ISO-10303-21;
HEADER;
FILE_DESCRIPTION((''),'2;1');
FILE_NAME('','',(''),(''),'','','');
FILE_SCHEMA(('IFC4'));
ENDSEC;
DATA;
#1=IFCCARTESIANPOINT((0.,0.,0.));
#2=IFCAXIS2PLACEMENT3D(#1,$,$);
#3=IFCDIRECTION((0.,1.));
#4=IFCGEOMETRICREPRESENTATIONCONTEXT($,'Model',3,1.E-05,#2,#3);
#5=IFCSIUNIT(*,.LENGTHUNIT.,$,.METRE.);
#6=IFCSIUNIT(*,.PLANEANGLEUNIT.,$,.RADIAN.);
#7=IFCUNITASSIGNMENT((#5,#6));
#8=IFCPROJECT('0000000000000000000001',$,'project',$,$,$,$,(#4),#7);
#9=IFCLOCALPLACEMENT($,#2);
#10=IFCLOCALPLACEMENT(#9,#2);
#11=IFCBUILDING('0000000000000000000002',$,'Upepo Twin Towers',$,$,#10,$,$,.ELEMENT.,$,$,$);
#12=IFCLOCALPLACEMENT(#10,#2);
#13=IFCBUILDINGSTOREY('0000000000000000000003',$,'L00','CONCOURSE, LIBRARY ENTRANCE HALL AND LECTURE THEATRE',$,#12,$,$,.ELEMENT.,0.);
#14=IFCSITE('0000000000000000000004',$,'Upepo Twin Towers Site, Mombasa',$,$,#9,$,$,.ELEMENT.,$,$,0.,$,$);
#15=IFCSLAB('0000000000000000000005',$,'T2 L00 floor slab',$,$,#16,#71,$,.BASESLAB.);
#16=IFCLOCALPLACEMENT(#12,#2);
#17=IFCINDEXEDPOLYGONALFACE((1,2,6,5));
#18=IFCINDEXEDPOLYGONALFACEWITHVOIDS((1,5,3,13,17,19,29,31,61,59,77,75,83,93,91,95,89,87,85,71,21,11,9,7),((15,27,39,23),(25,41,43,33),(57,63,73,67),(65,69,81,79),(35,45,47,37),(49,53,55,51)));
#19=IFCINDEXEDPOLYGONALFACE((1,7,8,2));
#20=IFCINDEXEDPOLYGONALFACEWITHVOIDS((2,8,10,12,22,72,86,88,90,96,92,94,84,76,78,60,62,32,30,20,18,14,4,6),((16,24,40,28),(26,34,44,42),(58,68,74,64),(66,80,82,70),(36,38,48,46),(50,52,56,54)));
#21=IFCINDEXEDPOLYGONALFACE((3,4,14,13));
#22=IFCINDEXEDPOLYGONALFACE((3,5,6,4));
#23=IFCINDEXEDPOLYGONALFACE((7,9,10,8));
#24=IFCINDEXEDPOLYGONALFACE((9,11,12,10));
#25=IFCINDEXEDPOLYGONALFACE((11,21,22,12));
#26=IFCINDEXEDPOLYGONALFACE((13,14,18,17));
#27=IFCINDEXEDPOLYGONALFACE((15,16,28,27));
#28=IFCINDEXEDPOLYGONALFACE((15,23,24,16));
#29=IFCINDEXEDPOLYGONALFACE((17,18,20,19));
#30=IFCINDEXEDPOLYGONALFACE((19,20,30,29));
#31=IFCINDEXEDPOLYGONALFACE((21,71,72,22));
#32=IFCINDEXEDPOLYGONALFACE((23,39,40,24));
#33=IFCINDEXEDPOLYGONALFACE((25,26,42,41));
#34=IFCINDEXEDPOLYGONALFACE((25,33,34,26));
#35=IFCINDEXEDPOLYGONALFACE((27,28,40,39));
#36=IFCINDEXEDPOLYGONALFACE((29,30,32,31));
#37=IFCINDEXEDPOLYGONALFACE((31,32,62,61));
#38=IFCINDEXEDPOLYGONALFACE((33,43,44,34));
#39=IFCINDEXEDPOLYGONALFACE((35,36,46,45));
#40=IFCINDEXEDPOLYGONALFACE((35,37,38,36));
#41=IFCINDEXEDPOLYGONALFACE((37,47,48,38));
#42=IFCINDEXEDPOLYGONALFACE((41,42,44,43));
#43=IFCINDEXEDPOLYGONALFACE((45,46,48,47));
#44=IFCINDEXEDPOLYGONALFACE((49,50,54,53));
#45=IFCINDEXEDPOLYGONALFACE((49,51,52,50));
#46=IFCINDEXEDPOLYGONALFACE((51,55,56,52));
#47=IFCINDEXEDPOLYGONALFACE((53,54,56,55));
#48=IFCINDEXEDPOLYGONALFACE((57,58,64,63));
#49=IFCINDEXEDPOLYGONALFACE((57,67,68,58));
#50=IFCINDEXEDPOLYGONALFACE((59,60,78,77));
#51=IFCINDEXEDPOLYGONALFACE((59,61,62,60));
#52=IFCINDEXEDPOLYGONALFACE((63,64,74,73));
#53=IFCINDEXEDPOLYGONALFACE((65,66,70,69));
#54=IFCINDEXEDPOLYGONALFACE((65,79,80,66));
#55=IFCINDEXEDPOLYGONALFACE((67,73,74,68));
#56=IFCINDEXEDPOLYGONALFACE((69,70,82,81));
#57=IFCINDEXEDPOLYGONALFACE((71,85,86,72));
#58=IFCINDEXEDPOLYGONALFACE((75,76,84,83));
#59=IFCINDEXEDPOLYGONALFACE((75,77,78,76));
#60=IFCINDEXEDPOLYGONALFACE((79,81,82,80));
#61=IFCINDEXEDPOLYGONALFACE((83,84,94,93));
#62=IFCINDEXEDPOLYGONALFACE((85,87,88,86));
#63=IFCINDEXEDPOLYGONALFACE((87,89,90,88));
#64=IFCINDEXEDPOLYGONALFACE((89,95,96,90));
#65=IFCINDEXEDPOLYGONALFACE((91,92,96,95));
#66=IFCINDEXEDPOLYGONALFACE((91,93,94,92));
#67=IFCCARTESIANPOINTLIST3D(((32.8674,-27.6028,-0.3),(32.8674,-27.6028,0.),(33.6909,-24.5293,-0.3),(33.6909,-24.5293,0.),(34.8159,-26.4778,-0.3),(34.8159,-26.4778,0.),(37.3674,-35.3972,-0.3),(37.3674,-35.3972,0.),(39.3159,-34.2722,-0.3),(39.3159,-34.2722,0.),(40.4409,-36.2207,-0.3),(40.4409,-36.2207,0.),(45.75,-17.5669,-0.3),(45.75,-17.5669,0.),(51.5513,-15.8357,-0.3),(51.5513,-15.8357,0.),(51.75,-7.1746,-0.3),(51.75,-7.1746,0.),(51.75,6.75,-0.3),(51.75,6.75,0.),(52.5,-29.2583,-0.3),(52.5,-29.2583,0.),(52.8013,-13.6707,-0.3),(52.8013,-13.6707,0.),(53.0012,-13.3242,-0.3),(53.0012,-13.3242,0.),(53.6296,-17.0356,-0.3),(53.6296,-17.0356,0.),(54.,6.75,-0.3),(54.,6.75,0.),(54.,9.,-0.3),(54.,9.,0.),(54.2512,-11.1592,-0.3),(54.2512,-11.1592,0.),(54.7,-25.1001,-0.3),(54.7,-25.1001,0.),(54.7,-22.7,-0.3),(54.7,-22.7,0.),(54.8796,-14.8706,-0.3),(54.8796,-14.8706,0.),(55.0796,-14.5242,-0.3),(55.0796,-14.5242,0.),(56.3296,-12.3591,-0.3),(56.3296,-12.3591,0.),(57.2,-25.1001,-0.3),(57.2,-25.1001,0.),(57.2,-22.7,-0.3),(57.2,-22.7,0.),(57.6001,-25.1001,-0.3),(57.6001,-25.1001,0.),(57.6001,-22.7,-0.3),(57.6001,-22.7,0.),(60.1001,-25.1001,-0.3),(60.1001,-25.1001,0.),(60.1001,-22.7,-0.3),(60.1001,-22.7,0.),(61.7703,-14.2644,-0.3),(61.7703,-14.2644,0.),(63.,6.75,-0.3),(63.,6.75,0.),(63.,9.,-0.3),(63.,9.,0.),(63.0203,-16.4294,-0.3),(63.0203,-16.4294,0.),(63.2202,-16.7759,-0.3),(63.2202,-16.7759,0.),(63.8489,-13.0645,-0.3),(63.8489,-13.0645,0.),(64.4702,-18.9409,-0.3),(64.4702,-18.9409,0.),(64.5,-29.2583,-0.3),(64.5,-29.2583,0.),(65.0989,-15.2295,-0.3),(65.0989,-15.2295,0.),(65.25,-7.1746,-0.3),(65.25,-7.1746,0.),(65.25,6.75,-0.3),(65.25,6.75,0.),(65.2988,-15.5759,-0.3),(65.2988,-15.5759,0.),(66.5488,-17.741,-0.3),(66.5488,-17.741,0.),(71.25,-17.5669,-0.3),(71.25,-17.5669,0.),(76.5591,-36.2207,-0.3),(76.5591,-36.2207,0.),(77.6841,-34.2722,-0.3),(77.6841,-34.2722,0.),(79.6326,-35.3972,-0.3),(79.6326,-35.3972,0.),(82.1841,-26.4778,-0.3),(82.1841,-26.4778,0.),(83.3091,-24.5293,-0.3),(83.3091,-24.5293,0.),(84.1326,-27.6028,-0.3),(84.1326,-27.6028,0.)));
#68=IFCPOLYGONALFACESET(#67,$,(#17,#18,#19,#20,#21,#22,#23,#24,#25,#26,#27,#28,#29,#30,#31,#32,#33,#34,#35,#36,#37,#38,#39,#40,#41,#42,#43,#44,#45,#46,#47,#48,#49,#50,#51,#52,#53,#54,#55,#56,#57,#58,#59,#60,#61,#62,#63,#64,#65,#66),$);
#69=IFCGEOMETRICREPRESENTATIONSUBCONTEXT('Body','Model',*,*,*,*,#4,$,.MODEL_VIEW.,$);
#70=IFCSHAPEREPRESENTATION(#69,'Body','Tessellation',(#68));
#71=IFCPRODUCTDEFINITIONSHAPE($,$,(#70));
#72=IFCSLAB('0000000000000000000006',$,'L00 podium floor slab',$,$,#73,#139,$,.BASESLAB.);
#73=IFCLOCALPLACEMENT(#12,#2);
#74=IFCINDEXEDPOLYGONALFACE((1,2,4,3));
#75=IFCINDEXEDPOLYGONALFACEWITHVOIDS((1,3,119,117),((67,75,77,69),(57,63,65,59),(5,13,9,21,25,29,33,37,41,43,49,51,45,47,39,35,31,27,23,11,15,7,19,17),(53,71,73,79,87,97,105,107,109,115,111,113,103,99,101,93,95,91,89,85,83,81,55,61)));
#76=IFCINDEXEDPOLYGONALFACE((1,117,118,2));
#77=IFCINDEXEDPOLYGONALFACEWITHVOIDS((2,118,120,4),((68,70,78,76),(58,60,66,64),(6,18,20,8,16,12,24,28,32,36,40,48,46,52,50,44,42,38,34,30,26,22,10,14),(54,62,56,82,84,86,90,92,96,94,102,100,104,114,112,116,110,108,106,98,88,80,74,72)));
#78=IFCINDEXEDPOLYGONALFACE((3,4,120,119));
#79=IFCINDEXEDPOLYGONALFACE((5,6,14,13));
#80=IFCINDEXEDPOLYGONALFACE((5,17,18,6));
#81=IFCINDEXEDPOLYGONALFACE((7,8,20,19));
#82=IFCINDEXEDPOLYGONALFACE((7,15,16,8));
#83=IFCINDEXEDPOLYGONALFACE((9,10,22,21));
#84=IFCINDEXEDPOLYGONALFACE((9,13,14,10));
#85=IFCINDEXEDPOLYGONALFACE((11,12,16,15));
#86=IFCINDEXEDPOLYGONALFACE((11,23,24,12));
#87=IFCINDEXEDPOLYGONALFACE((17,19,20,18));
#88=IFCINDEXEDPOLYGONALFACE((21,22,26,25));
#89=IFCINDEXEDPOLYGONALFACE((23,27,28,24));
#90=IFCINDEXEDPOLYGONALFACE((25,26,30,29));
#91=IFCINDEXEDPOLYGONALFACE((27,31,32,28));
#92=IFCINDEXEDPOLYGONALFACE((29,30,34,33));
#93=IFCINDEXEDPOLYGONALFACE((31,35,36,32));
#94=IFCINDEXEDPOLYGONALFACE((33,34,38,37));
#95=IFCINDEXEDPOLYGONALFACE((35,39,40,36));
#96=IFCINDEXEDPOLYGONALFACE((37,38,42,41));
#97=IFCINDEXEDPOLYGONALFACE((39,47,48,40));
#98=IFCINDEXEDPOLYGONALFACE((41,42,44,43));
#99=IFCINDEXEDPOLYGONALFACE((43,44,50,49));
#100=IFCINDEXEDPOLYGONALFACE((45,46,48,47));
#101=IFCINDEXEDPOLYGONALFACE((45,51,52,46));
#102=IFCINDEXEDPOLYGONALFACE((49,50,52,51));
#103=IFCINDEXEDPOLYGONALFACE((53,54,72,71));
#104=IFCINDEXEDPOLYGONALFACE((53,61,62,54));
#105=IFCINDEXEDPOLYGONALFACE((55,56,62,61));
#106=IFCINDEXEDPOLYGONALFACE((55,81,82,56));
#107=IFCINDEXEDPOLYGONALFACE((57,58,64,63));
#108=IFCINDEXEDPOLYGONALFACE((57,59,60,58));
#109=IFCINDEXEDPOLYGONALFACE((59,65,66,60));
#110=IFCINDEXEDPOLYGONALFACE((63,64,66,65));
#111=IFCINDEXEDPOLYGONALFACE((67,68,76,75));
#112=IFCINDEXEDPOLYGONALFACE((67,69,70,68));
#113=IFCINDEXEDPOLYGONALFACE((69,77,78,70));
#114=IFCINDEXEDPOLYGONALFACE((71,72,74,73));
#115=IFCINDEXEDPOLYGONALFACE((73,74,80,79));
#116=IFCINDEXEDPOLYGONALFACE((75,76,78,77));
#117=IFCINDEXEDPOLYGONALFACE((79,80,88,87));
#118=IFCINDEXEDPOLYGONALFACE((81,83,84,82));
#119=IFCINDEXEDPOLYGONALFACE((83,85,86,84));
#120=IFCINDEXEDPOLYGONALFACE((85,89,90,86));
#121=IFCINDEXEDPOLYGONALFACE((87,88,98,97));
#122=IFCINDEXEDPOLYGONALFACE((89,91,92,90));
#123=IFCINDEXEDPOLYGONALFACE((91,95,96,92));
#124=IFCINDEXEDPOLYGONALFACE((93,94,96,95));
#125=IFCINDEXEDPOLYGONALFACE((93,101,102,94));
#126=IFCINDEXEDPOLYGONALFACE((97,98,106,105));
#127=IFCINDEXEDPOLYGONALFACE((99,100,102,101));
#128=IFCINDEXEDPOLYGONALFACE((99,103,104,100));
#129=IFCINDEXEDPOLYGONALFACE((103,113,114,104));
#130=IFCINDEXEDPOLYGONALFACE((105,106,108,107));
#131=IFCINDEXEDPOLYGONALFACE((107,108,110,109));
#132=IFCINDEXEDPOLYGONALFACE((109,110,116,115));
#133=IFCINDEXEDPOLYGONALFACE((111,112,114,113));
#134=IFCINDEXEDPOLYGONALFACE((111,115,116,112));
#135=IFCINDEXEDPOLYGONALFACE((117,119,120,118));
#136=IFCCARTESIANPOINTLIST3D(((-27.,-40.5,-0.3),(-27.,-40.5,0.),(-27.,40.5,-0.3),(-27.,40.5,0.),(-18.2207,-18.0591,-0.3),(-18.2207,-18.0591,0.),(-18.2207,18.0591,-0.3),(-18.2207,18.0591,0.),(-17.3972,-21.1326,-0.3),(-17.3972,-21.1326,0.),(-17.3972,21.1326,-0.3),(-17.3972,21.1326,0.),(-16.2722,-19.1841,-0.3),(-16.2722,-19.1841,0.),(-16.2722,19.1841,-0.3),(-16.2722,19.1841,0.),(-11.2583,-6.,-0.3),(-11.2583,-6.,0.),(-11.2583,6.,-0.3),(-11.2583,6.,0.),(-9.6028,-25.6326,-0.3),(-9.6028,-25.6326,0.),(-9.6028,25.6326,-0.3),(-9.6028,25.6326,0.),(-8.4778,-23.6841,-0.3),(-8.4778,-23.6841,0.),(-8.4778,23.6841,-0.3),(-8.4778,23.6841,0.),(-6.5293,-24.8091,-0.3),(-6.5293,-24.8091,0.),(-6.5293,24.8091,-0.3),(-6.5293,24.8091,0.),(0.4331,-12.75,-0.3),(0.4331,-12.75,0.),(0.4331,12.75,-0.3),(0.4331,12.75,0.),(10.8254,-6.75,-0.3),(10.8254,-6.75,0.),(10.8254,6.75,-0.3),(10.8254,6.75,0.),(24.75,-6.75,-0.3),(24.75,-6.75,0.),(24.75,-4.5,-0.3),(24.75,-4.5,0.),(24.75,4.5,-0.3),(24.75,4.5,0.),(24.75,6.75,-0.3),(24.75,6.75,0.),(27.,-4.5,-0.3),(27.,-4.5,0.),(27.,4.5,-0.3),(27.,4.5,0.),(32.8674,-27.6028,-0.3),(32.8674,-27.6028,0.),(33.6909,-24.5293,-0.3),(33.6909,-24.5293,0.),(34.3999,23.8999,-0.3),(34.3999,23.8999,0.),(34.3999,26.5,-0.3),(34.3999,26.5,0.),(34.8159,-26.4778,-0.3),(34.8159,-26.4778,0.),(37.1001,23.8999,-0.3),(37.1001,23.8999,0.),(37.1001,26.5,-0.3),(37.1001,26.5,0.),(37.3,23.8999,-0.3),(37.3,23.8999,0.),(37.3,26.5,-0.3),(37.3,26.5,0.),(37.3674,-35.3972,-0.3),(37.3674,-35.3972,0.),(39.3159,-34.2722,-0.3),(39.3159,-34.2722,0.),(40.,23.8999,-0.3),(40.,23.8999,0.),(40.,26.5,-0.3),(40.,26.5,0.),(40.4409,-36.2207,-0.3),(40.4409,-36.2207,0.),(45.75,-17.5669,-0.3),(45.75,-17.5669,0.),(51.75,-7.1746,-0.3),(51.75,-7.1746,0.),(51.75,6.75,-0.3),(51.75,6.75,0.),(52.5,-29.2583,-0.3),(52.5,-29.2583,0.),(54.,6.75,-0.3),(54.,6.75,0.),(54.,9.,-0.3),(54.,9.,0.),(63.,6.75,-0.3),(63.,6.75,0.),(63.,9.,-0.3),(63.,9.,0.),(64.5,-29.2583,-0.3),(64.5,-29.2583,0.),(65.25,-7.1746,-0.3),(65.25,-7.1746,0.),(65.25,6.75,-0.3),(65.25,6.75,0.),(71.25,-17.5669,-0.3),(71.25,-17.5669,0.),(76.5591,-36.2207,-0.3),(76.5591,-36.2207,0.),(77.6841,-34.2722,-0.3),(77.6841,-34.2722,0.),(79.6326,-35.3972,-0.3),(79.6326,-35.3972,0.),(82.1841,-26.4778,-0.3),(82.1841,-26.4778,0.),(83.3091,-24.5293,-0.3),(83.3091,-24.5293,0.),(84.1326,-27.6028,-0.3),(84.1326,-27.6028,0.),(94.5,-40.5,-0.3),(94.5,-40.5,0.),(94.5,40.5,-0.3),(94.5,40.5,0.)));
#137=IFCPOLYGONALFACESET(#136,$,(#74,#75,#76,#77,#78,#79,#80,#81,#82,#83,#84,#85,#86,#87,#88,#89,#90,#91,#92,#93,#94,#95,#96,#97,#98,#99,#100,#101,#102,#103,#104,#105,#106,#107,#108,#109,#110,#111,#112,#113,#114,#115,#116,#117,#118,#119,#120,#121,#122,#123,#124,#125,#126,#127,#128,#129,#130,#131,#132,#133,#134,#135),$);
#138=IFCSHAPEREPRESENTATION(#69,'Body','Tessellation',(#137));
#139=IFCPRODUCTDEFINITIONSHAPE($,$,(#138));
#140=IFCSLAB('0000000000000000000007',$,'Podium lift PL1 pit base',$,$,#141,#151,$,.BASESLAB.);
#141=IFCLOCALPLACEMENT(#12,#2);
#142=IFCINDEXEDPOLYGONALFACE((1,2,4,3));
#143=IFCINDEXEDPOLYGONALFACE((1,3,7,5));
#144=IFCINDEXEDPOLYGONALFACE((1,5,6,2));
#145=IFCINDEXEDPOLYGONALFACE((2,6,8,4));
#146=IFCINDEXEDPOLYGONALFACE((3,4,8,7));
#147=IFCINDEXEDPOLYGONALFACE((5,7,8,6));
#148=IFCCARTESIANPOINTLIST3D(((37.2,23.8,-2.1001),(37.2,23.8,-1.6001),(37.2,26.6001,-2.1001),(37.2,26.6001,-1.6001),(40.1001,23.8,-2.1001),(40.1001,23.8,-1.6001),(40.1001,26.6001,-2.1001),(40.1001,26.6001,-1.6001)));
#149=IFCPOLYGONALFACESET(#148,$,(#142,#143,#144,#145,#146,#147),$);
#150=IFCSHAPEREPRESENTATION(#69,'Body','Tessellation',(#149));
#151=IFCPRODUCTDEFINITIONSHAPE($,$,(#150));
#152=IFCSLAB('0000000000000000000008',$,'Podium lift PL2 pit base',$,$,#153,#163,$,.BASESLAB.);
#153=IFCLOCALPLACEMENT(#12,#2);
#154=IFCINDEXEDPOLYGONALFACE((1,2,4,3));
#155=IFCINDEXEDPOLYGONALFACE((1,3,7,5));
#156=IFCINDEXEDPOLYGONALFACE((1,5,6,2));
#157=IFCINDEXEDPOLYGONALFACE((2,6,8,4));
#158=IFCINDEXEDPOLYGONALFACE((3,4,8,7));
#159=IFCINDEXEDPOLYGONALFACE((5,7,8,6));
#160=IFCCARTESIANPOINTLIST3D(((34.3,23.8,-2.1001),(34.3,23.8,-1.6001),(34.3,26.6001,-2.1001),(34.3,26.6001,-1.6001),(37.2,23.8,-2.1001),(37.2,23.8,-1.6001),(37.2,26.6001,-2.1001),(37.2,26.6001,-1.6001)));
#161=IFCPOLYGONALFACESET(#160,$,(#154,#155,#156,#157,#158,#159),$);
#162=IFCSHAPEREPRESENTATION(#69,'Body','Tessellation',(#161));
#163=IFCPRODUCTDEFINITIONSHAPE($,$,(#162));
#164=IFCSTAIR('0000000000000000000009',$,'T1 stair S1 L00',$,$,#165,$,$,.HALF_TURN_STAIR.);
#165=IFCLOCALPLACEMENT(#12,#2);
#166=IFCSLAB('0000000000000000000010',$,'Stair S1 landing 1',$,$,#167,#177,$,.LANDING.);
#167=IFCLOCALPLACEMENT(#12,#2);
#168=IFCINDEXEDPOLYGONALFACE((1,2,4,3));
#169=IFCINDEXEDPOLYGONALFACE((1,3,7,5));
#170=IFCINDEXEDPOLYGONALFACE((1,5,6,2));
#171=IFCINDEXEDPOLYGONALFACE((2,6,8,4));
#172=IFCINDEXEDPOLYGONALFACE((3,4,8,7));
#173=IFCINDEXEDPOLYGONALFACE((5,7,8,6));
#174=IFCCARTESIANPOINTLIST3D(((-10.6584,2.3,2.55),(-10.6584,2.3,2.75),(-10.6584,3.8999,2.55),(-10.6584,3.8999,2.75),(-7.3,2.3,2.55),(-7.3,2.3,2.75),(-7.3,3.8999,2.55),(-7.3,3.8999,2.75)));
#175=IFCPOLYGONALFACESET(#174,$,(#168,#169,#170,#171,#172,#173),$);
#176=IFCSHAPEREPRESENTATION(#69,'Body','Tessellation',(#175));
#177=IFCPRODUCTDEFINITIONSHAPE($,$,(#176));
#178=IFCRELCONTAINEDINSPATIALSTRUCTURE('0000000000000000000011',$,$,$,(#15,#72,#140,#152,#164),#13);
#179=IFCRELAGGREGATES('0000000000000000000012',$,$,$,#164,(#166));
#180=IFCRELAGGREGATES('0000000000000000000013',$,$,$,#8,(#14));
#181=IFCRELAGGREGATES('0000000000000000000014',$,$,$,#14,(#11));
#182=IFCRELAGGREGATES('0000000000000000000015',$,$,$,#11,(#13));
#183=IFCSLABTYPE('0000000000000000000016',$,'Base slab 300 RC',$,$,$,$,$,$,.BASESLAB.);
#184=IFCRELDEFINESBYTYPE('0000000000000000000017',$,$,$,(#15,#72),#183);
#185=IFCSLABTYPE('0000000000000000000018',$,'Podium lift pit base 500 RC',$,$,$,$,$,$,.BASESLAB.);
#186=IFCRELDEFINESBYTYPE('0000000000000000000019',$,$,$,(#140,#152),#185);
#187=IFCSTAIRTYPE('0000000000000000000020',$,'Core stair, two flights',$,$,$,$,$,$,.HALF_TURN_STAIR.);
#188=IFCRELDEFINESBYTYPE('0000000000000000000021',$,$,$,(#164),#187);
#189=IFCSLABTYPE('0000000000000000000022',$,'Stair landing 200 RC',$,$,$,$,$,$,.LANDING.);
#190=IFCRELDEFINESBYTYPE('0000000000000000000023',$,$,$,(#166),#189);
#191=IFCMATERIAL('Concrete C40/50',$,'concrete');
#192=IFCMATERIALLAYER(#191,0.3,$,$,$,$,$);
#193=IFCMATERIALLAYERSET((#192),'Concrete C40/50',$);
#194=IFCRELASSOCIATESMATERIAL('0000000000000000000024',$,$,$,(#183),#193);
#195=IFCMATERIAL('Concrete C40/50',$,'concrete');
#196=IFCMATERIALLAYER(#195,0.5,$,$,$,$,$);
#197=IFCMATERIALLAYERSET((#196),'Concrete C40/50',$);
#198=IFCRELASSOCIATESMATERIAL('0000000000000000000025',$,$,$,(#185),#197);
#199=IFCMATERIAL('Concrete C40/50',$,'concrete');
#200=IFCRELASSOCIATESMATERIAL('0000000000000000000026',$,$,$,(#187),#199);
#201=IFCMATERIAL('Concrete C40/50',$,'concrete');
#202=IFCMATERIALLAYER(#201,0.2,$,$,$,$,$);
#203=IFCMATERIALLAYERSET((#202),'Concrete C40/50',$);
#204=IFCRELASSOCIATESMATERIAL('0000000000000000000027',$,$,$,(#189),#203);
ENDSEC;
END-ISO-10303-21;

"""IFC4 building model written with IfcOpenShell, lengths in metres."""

from ifc_helpers import new_model, si_unit, direction, frame, origin, place, context, subcontext, project, spatial, polyline, outline, extrude, material, layer, layer_set, type_object, element, aggregate, save


model = new_model("IFC4")

# Units and contexts
model_context = context("Model", 3, precision=1e-05, world=origin(), true_north=direction((0.0, 1.0)))
body_context = subcontext(model_context, "Body", "Model", "MODEL_VIEW")
ifc_project = project(units=[si_unit("LENGTHUNIT", "METRE"), si_unit("PLANEANGLEUNIT", "RADIAN")], contexts=[model_context])

# Site, building, storey
site_placement = place(None, origin())
site = spatial("IfcSite", under=ifc_project, at=site_placement, Name="Upepo Twin Towers Site, Mombasa", CompositionType="ELEMENT", RefElevation=0.0)
building_placement = place(site_placement, origin())
building = spatial("IfcBuilding", under=site, at=building_placement, Name="Upepo Twin Towers", CompositionType="ELEMENT")
storey_placement = place(building_placement, origin())
storey = spatial("IfcBuildingStorey", under=building, at=storey_placement, Name="L00", Description="CONCOURSE, LIBRARY ENTRANCE HALL AND LECTURE THEATRE", CompositionType="ELEMENT", Elevation=0.0)

# Slabs
ifc_material_1 = material(Name="Concrete C40/50", Category="concrete")
ifc_layer_1 = layer(ifc_material_1, 0.3)
ifc_layer_set_1 = layer_set([ifc_layer_1], Name="Concrete C40/50")
slab_type_1 = type_object("IfcSlabType", Name="Base slab 300 RC", PredefinedType="BASESLAB", material=ifc_layer_set_1)
slab_1_placement = place(storey_placement, frame((0.0, 0.0, -0.3)))
element("IfcSlab", 1, at=slab_1_placement, inside=storey, type_object=slab_type_1, Name="T2 L00 floor slab", PredefinedType="BASESLAB", context=body_context, shape_type="SweptSolid", body=[
    extrude(outline(polyline([(82.1841, -26.4778), (84.1326, -27.6028), (79.6326, -35.3972), (77.6841, -34.2722), (76.5591, -36.2207), (64.5, -29.2583), (52.5, -29.2583), (40.4409, -36.2207), (39.3159, -34.2722), (37.3674, -35.3972), (32.8674, -27.6028), (34.8159, -26.4778), (33.6909, -24.5293), (45.75, -17.5669), (51.75, -7.1746), (51.75, 6.75), (54.0, 6.75), (54.0, 9.0), (63.0, 9.0), (63.0, 6.75), (65.25, 6.75), (65.25, -7.1746), (71.25, -17.5669), (83.3091, -24.5293), (82.1841, -26.4778)]), holes=[polyline([(56.3296, -12.3591), (54.2512, -11.1592), (53.0012, -13.3242), (55.0796, -14.5242), (56.3296, -12.3591)]), polyline([(54.8796, -14.8706), (52.8013, -13.6707), (51.5513, -15.8357), (53.6296, -17.0356), (54.8796, -14.8706)]), polyline([(54.7, -22.7), (54.7, -25.1001), (57.2, -25.1001), (57.2, -22.7), (54.7, -22.7)]), polyline([(57.6001, -22.7), (57.6001, -25.1001), (60.1001, -25.1001), (60.1001, -22.7), (57.6001, -22.7)]), polyline([(64.4702, -18.9409), (66.5488, -17.741), (65.2988, -15.5759), (63.2202, -16.7759), (64.4702, -18.9409)]), polyline([(63.0203, -16.4294), (65.0989, -15.2295), (63.8489, -13.0645), (61.7703, -14.2644), (63.0203, -16.4294)])]), origin(), (0.0, 0.0, 1.0), 0.3),
])
slab_2_placement = place(storey_placement, frame((0.0, 0.0, -0.3)))
element("IfcSlab", 2, at=slab_2_placement, inside=storey, type_object=slab_type_1, Name="L00 podium floor slab", PredefinedType="BASESLAB", context=body_context, shape_type="SweptSolid", body=[
    extrude(outline(polyline([(94.5, -40.5), (94.5, 40.5), (-27.0, 40.5), (-27.0, -40.5), (94.5, -40.5)]), holes=[polyline([(-8.4778, -23.6841), (-9.6028, -25.6326), (-17.3972, -21.1326), (-16.2722, -19.1841), (-18.2207, -18.0591), (-11.2583, -6.0), (-11.2583, 6.0), (-18.2207, 18.0591), (-16.2722, 19.1841), (-17.3972, 21.1326), (-9.6028, 25.6326), (-8.4778, 23.6841), (-6.5293, 24.8091), (0.4331, 12.75), (10.8254, 6.75), (24.75, 6.75), (24.75, 4.5), (27.0, 4.5), (27.0, -4.5), (24.75, -4.5), (24.75, -6.75), (10.8254, -6.75), (0.4331, -12.75), (-6.5293, -24.8091), (-8.4778, -23.6841)]), polyline([(82.1841, -26.4778), (84.1326, -27.6028), (79.6326, -35.3972), (77.6841, -34.2722), (76.5591, -36.2207), (64.5, -29.2583), (52.5, -29.2583), (40.4409, -36.2207), (39.3159, -34.2722), (37.3674, -35.3972), (32.8674, -27.6028), (34.8159, -26.4778), (33.6909, -24.5293), (45.75, -17.5669), (51.75, -7.1746), (51.75, 6.75), (54.0, 6.75), (54.0, 9.0), (63.0, 9.0), (63.0, 6.75), (65.25, 6.75), (65.25, -7.1746), (71.25, -17.5669), (83.3091, -24.5293), (82.1841, -26.4778)]), polyline([(40.0, 23.8999), (40.0, 26.5), (37.3, 26.5), (37.3, 23.8999), (40.0, 23.8999)]), polyline([(37.1001, 23.8999), (37.1001, 26.5), (34.3999, 26.5), (34.3999, 23.8999), (37.1001, 23.8999)])]), origin(), (0.0, 0.0, 1.0), 0.3),
])
ifc_material_2 = material(Name="Concrete C40/50", Category="concrete")
ifc_layer_2 = layer(ifc_material_2, 0.5)
ifc_layer_set_2 = layer_set([ifc_layer_2], Name="Concrete C40/50")
slab_type_2 = type_object("IfcSlabType", Name="Podium lift pit base 500 RC", PredefinedType="BASESLAB", material=ifc_layer_set_2)
slab_3_placement = place(storey_placement, frame((0.0, 0.0, -2.1001)))
element("IfcSlab", 3, at=slab_3_placement, inside=storey, type_object=slab_type_2, Name="Podium lift PL1 pit base", PredefinedType="BASESLAB", context=body_context, shape_type="SweptSolid", body=[
    extrude(outline(polyline([(37.2, 23.8), (40.1001, 23.8), (40.1001, 26.6001), (37.2, 26.6001), (37.2, 23.8)])), origin(), (0.0, 0.0, 1.0), 0.5),
])
slab_4_placement = place(storey_placement, frame((0.0, 0.0, -2.1001)))
element("IfcSlab", 4, at=slab_4_placement, inside=storey, type_object=slab_type_2, Name="Podium lift PL2 pit base", PredefinedType="BASESLAB", context=body_context, shape_type="SweptSolid", body=[
    extrude(outline(polyline([(34.3, 23.8), (37.2, 23.8), (37.2, 26.6001), (34.3, 26.6001), (34.3, 23.8)])), origin(), (0.0, 0.0, 1.0), 0.5),
])

# Stair, slab
ifc_material_3 = material(Name="Concrete C40/50", Category="concrete")
stair_type_1 = type_object("IfcStairType", Name="Core stair, two flights", PredefinedType="HALF_TURN_STAIR", material=ifc_material_3)
stair_1_placement = place(storey_placement, origin())
stair_1 = element("IfcStair", 5, at=stair_1_placement, inside=storey, type_object=stair_type_1, Name="T1 stair S1 L00", PredefinedType="HALF_TURN_STAIR")
ifc_material_4 = material(Name="Concrete C40/50", Category="concrete")
ifc_layer_3 = layer(ifc_material_4, 0.2)
ifc_layer_set_3 = layer_set([ifc_layer_3], Name="Concrete C40/50")
slab_type_3 = type_object("IfcSlabType", Name="Stair landing 200 RC", PredefinedType="LANDING", material=ifc_layer_set_3)
slab_5_placement = place(storey_placement, frame((0.0, 0.0, 2.55)))
slab_5 = element("IfcSlab", 6, at=slab_5_placement, type_object=slab_type_3, Name="Stair S1 landing 1", PredefinedType="LANDING", context=body_context, shape_type="SweptSolid", body=[
    extrude(outline(polyline([(-7.3, 3.8999), (-10.6584, 3.8999), (-10.6584, 2.3), (-7.3, 2.3), (-7.3, 3.8999)])), origin(), (0.0, 0.0, 1.0), 0.2),
])
aggregate(stair_1, [slab_5])

save(model, "model.ifc")
